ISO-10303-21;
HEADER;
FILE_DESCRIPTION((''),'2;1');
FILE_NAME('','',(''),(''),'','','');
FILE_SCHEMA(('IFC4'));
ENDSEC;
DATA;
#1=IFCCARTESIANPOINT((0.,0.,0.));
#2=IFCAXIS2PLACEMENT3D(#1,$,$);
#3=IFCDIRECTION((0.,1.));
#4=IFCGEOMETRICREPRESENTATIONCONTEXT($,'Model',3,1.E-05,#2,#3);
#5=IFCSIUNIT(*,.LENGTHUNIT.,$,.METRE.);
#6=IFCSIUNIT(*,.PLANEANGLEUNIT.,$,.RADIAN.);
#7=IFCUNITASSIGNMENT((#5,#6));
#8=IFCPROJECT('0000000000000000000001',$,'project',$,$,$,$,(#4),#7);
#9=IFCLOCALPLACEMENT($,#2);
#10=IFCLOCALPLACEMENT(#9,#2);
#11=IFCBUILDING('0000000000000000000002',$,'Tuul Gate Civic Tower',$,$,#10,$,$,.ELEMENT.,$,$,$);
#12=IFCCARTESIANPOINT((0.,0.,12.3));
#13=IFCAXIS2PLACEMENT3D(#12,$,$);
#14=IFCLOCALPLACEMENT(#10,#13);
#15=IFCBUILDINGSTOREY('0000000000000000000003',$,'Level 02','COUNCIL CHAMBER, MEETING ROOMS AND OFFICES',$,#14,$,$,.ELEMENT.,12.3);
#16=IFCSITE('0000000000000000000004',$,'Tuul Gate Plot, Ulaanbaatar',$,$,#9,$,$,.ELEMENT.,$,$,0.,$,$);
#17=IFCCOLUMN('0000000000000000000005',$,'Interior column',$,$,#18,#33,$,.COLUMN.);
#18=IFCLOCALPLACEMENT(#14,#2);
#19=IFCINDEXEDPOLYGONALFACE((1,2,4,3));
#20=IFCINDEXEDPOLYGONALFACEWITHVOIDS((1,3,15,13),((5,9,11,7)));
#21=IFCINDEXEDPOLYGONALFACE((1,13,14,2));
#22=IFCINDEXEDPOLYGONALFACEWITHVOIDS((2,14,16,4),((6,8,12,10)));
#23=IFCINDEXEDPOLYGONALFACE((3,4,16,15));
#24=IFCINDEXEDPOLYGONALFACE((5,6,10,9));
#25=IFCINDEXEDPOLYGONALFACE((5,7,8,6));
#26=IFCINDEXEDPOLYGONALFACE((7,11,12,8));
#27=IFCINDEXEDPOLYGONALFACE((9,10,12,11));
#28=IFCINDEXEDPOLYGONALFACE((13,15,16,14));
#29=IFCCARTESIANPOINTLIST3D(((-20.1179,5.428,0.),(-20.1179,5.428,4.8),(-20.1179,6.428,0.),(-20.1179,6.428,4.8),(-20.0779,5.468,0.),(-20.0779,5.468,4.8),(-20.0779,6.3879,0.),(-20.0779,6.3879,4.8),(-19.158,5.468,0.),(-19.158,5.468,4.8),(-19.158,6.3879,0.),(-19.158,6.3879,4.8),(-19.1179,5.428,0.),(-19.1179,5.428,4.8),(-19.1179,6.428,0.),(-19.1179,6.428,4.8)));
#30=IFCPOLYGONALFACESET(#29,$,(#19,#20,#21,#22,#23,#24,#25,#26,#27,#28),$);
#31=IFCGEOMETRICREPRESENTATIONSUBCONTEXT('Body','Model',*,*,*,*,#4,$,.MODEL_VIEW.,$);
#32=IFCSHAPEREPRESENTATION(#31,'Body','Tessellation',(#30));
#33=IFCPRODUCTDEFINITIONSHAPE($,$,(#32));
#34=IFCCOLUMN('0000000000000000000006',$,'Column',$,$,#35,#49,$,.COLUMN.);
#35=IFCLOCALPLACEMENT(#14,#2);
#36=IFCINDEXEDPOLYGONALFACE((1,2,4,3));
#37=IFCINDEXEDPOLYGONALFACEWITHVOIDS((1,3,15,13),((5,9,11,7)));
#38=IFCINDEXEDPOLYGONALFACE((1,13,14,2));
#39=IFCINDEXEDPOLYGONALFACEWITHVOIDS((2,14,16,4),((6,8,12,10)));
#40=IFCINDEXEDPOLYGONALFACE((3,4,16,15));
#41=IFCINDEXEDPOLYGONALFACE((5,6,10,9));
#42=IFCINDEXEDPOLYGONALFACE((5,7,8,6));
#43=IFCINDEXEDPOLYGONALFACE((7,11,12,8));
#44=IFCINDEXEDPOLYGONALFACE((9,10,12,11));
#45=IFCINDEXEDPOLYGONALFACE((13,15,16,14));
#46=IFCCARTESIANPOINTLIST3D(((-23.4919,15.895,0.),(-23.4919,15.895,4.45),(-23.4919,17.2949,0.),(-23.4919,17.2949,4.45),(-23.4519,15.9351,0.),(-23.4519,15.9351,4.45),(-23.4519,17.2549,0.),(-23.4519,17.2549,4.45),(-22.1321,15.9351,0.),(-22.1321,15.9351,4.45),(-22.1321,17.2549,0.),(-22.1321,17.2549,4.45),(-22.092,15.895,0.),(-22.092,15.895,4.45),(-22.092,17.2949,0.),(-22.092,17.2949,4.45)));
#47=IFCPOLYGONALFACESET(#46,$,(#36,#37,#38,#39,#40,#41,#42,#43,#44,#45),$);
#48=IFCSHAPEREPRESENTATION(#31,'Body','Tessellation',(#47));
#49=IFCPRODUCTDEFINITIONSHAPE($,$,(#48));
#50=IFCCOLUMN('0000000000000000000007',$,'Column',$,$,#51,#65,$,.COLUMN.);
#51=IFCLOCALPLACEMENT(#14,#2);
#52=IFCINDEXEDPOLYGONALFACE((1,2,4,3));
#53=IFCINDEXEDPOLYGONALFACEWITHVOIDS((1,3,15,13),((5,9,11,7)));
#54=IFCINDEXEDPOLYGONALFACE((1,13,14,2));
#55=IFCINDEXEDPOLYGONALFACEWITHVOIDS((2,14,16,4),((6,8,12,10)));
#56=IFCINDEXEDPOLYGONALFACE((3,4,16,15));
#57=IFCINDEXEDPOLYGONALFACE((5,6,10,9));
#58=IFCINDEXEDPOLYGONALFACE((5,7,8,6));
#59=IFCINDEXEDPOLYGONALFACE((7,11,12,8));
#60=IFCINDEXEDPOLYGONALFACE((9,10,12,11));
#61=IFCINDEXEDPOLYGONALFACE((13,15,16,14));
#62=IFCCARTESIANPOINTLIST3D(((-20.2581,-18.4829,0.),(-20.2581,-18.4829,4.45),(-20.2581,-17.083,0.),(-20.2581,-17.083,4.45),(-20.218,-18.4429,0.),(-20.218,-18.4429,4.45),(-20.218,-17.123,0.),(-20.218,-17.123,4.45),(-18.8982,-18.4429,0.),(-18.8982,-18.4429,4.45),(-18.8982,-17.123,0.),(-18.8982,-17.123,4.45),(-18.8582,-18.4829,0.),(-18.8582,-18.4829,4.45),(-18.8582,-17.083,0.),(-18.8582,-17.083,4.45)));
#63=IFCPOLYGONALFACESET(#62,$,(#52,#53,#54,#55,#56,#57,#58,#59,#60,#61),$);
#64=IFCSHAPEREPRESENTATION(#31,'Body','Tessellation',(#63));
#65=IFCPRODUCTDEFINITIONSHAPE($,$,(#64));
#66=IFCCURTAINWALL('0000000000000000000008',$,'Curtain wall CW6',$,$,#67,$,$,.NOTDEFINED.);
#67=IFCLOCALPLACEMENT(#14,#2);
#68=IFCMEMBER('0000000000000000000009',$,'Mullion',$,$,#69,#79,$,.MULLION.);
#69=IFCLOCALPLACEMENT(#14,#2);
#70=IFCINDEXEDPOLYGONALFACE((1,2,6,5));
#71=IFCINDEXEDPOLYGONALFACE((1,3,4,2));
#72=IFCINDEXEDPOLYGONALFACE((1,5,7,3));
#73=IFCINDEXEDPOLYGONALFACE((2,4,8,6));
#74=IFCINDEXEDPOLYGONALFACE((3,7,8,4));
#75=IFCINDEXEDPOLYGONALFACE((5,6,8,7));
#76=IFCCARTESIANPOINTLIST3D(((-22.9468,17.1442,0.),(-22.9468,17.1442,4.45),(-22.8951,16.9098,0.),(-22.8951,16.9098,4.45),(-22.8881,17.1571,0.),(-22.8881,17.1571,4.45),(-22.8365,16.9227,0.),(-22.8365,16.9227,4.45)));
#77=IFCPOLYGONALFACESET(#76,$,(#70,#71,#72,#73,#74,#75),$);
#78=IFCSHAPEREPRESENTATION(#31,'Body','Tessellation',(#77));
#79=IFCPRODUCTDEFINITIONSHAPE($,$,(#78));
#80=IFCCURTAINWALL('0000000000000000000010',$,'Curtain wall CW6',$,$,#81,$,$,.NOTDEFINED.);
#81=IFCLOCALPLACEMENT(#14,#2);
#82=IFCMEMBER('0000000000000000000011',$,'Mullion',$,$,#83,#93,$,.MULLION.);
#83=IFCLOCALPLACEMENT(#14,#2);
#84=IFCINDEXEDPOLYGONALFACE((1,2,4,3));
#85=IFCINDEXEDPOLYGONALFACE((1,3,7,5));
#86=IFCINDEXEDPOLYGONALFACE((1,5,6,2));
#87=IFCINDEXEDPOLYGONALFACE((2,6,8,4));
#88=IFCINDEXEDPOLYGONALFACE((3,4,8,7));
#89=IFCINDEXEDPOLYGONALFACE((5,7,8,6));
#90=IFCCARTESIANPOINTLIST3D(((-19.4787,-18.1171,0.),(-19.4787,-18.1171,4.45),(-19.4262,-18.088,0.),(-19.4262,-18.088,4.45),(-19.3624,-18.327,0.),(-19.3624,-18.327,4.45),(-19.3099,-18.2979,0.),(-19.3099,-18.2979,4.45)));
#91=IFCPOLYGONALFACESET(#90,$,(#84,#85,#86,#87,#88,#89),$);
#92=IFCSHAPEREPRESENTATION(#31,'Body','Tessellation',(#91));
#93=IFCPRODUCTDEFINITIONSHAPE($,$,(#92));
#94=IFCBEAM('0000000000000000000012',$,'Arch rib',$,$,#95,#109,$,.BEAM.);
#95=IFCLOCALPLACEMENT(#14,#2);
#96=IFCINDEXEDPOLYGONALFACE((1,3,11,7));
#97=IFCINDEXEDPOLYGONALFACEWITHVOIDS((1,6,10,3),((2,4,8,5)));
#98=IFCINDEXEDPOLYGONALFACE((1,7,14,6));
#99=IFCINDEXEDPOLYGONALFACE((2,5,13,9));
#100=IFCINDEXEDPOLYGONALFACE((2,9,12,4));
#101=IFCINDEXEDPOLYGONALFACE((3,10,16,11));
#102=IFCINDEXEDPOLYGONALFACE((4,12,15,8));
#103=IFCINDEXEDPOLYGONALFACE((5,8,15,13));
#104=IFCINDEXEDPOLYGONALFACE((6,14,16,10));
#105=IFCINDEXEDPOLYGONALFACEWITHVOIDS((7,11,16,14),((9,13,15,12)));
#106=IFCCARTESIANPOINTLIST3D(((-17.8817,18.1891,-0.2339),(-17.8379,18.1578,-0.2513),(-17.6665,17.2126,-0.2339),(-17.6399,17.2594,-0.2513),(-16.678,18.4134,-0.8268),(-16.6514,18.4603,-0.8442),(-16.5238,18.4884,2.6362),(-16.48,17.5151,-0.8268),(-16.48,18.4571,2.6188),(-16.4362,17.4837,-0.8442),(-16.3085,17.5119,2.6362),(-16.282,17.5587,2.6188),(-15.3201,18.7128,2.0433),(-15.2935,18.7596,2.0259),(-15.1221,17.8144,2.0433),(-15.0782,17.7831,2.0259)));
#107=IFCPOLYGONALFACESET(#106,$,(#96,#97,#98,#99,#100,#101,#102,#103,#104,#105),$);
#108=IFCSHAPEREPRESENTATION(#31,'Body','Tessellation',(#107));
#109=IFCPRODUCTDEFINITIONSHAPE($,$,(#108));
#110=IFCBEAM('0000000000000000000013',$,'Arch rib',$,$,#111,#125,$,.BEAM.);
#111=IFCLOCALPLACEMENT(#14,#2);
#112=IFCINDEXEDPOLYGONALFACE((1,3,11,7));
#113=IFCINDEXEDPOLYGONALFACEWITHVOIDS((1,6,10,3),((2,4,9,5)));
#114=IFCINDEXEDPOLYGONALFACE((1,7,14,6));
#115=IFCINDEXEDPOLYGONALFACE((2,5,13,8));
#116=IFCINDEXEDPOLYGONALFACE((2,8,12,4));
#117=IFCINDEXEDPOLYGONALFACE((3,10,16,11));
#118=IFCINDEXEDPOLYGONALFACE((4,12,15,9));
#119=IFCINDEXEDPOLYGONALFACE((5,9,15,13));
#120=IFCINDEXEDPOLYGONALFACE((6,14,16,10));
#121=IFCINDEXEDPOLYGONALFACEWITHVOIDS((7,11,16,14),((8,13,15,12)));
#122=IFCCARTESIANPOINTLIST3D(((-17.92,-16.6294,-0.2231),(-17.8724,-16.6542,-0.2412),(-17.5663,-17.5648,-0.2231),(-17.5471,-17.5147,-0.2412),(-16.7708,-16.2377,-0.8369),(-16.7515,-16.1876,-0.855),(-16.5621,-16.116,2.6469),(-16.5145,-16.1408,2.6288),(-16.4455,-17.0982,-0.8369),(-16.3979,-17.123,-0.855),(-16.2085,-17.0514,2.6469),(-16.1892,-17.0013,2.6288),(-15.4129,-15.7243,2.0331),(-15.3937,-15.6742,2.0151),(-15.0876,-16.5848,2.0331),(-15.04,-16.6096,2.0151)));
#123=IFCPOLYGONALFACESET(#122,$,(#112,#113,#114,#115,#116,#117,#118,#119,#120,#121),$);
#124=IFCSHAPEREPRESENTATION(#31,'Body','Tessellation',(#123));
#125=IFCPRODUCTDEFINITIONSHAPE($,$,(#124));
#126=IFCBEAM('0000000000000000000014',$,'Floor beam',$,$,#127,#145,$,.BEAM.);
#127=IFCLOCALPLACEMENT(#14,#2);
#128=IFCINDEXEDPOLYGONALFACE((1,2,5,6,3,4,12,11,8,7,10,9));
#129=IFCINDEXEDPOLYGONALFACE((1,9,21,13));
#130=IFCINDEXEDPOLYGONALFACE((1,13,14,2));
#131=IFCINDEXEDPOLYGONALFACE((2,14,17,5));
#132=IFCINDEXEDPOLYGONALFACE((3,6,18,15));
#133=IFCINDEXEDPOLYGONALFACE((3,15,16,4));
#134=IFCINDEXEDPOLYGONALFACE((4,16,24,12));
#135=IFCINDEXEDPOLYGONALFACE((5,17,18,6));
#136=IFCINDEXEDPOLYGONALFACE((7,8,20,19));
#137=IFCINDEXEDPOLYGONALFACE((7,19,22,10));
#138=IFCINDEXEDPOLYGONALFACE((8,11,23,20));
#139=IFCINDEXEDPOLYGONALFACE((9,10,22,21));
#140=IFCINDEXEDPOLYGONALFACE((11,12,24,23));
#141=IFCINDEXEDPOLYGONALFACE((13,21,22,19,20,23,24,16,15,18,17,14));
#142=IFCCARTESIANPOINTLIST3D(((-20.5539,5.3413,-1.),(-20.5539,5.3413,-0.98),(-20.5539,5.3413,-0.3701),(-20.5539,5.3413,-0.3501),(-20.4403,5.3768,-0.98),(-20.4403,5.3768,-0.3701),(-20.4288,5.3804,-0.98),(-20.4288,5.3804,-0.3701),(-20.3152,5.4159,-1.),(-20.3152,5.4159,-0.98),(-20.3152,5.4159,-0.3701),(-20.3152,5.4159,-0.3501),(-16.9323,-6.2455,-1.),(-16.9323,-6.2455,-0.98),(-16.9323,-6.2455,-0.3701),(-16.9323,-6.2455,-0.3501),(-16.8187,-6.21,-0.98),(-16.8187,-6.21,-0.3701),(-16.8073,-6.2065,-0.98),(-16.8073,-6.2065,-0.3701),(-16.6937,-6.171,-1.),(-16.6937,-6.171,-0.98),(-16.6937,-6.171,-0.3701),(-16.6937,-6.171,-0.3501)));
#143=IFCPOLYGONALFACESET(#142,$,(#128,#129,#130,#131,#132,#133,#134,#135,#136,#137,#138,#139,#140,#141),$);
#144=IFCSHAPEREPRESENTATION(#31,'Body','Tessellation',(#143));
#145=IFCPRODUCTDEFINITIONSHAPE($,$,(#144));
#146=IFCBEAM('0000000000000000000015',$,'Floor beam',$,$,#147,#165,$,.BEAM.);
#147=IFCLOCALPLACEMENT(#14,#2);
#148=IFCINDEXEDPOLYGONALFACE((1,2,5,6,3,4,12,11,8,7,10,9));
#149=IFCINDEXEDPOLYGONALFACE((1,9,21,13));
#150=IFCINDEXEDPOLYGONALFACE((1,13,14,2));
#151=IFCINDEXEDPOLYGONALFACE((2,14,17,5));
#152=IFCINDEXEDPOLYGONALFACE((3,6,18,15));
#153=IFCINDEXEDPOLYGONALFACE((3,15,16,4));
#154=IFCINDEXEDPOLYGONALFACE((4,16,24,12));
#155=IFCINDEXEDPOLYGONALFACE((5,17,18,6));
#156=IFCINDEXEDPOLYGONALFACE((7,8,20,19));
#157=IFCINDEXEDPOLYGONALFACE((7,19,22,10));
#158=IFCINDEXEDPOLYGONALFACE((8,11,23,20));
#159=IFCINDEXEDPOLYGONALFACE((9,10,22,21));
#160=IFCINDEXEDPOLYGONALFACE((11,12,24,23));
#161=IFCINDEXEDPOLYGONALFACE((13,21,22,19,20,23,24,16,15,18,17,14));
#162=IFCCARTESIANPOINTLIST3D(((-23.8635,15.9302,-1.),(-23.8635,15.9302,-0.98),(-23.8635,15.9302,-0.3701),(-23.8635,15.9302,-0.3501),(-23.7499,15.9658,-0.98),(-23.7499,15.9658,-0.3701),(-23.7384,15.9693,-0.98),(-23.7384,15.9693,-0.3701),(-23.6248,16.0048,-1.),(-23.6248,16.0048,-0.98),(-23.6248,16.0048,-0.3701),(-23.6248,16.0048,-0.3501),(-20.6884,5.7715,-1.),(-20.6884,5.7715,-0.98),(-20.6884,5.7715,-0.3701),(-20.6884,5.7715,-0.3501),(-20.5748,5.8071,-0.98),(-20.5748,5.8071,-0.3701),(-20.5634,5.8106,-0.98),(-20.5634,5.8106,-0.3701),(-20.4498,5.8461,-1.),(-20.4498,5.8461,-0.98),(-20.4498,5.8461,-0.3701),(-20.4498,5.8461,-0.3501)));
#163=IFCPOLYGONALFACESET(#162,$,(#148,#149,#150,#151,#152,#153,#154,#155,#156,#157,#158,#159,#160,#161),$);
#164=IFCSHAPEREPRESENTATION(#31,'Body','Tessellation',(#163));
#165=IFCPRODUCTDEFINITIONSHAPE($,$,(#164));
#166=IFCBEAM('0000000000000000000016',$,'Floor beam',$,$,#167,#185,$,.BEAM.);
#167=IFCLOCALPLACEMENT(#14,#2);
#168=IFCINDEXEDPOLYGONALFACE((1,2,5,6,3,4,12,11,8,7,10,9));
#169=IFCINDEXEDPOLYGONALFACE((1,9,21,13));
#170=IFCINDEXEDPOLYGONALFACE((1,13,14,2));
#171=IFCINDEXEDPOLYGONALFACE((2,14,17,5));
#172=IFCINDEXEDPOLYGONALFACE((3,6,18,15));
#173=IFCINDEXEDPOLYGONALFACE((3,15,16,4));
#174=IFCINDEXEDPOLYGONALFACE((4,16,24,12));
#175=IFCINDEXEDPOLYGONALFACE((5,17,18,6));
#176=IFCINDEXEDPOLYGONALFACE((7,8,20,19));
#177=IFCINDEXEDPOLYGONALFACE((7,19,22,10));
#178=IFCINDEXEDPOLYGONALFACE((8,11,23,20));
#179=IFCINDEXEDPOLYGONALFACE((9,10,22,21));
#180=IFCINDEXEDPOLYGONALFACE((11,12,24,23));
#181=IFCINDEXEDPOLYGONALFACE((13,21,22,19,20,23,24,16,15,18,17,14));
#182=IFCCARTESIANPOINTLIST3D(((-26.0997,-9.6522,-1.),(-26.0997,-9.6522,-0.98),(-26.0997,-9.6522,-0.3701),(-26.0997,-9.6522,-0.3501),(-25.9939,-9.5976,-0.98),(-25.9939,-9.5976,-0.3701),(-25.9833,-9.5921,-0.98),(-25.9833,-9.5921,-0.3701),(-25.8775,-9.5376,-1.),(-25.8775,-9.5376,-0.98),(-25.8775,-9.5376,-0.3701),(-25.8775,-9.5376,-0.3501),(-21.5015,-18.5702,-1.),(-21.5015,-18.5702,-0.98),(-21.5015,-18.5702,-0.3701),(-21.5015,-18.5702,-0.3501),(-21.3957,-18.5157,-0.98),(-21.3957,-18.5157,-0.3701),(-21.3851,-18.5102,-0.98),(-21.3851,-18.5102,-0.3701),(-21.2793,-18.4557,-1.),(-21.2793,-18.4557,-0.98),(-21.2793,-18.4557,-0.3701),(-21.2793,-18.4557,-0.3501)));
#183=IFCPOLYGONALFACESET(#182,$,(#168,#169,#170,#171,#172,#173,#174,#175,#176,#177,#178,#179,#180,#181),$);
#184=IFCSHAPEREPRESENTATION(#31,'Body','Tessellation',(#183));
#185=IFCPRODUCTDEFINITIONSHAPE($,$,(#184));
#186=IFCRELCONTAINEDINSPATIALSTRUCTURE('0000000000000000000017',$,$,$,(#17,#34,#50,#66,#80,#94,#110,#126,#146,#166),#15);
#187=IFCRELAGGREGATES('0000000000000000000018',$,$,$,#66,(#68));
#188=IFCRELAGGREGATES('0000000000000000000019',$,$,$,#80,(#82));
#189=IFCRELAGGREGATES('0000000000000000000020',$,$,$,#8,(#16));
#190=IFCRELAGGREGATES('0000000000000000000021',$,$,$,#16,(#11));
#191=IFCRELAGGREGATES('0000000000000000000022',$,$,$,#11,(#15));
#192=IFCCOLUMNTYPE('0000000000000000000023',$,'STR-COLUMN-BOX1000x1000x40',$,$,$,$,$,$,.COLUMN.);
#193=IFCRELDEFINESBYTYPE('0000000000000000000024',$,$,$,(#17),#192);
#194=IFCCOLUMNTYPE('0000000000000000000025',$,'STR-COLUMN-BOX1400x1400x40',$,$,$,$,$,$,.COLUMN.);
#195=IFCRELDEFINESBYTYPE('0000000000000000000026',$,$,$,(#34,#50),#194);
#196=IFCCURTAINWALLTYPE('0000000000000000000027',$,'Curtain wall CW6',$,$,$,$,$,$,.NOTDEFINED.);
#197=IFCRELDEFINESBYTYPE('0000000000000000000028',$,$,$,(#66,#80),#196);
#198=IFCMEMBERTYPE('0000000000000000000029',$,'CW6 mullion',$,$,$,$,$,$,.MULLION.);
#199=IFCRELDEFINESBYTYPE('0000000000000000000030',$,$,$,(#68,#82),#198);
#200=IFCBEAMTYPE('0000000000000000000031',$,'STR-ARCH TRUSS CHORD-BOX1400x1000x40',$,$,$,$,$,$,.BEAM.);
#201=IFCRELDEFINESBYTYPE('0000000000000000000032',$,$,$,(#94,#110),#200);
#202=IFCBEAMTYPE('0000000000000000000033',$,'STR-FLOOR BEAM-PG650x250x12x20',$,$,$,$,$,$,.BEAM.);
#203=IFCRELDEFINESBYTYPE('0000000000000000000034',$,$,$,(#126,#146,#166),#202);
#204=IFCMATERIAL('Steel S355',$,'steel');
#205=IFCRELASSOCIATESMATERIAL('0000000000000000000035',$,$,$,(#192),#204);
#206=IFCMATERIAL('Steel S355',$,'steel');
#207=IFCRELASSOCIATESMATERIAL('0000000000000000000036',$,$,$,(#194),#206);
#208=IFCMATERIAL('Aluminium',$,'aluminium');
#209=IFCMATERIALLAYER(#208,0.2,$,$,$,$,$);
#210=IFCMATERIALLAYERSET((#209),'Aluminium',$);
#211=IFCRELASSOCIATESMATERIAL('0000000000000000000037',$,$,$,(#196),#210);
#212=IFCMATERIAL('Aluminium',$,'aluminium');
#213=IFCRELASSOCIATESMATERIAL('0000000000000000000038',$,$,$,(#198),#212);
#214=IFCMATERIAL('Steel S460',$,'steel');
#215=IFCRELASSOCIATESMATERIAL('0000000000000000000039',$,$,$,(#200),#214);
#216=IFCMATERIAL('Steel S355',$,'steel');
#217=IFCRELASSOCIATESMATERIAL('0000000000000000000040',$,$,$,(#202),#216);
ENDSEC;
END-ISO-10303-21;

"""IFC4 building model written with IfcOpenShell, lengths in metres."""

from ifc_helpers import new_model, si_unit, direction, frame, origin, origin_2d, place, context, subcontext, project, spatial, rectangle, hollow_rectangle, i_section, extrude, material, layer, layer_set, material_profile, profile_set, type_object, element, aggregate, save


model = new_model("IFC4")

# Units and contexts
model_context = context("Model", 3, precision=1e-05, world=origin(), true_north=direction((0.0, 1.0)))
body_context = subcontext(model_context, "Body", "Model", "MODEL_VIEW")
ifc_project = project(units=[si_unit("LENGTHUNIT", "METRE"), si_unit("PLANEANGLEUNIT", "RADIAN")], contexts=[model_context])

# Site, building, storey
site_placement = place(None, origin())
site = spatial("IfcSite", under=ifc_project, at=site_placement, Name="Tuul Gate Plot, Ulaanbaatar", CompositionType="ELEMENT", RefElevation=0.0)
building_placement = place(site_placement, origin())
building = spatial("IfcBuilding", under=site, at=building_placement, Name="Tuul Gate Civic Tower", CompositionType="ELEMENT")
storey_placement = place(building_placement, frame((0.0, 0.0, 12.3)))
storey = spatial("IfcBuildingStorey", under=building, at=storey_placement, Name="Level 02", Description="COUNCIL CHAMBER, MEETING ROOMS AND OFFICES", CompositionType="ELEMENT", Elevation=12.3)

# Columns
ifc_material_1 = material(Name="Steel S355", Category="steel")
ifc_material_profile_1 = material_profile(ifc_material_1, hollow_rectangle(XDim=1.0, YDim=1.0, WallThickness=0.04, at=origin_2d()), Name="BOX1000x1000x40")
ifc_profile_set_1 = profile_set([ifc_material_profile_1], Name="Steel S355")
column_type_1 = type_object("IfcColumnType", Name="STR-COLUMN-BOX1000x1000x40", PredefinedType="COLUMN", material=ifc_profile_set_1)
column_placement = place(storey_placement, frame((-19.6179, 5.928, 0.0), z_axis=(0.0, 0.0, 1.0), x_axis=(1.0, 0.0, 0.0)))
element("IfcColumn", 1, at=column_placement, inside=storey, type_object=column_type_1, Name="Interior column", PredefinedType="COLUMN", context=body_context, shape_type="SweptSolid", body=[
    extrude(hollow_rectangle(XDim=1.0, YDim=1.0, WallThickness=0.04, at=origin_2d()), origin(), (0.0, 0.0, 1.0), 4.8),
])
ifc_material_2 = material(Name="Steel S355", Category="steel")
ifc_material_profile_2 = material_profile(ifc_material_2, hollow_rectangle(XDim=1.3999, YDim=1.3999, WallThickness=0.04, at=origin_2d()), Name="BOX1400x1400x40")
ifc_profile_set_2 = profile_set([ifc_material_profile_2], Name="Steel S355")
column_type_2 = type_object("IfcColumnType", Name="STR-COLUMN-BOX1400x1400x40", PredefinedType="COLUMN", material=ifc_profile_set_2)
for number, where, z_axis, x_axis, name in (
    (2, (-22.792, 16.595, 0.0), (0.0, 0.0, 1.0), (1.0, 0.0, 0.0), "Column"),
    (3, (-19.5581, -17.783, 0.0), (0.0, 0.0, 1.0), (1.0, 0.0, 0.0), "Column"),
):
    element("IfcColumn", number, at=place(storey_placement, frame(where, z_axis=z_axis, x_axis=x_axis)), inside=storey, type_object=column_type_2, Name=name, PredefinedType="COLUMN", context=body_context, shape_type="SweptSolid", body=[
        extrude(hollow_rectangle(XDim=1.3999, YDim=1.3999, WallThickness=0.04, at=origin_2d()), origin(), (0.0, 0.0, 1.0), 4.45),
    ])

# Curtain walls, members
ifc_material_3 = material(Name="Aluminium", Category="aluminium")
ifc_layer_1 = layer(ifc_material_3, 0.2)
ifc_layer_set_1 = layer_set([ifc_layer_1], Name="Aluminium")
curtain_wall_type = type_object("IfcCurtainWallType", Name="Curtain wall CW6", PredefinedType="NOTDEFINED", material=ifc_layer_set_1)
curtain_wall_1_placement = place(storey_placement, origin())
curtain_wall_1 = element("IfcCurtainWall", 4, at=curtain_wall_1_placement, inside=storey, type_object=curtain_wall_type, Name="Curtain wall CW6", PredefinedType="NOTDEFINED")
ifc_material_4 = material(Name="Aluminium", Category="aluminium")
ifc_material_profile_3 = material_profile(ifc_material_4, rectangle(XDim=0.24, YDim=0.0601, at=origin_2d()), Name="CW6 mullion")
ifc_profile_set_3 = profile_set([ifc_material_profile_3], Name="Aluminium")
member_type = type_object("IfcMemberType", Name="CW6 mullion", PredefinedType="MULLION", material=ifc_profile_set_3)
member_1_placement = place(storey_placement, frame((-22.8916, 17.0334, 0.0), z_axis=(0.0, 0.0, 1.0), x_axis=(0.215207, -0.976569, 0.0)))
member_1 = element("IfcMember", 5, at=member_1_placement, type_object=member_type, Name="Mullion", PredefinedType="MULLION", context=body_context, shape_type="SweptSolid", body=[
    extrude(rectangle(XDim=0.24, YDim=0.0601, at=origin_2d()), origin(), (0.0, 0.0, 1.0), 4.45),
])
curtain_wall_2_placement = place(storey_placement, origin())
curtain_wall_2 = element("IfcCurtainWall", 6, at=curtain_wall_2_placement, inside=storey, type_object=curtain_wall_type, Name="Curtain wall CW6", PredefinedType="NOTDEFINED")
member_2_placement = place(storey_placement, frame((-19.3943, -18.2075, 0.0), z_axis=(0.0, 0.0, 1.0), x_axis=(-0.484724, 0.874667, 0.0)))
member_2 = element("IfcMember", 7, at=member_2_placement, type_object=member_type, Name="Mullion", PredefinedType="MULLION", context=body_context, shape_type="SweptSolid", body=[
    extrude(rectangle(XDim=0.24, YDim=0.0601, at=origin_2d()), origin(), (0.0, 0.0, 1.0), 4.45),
])

# Beams
ifc_material_5 = material(Name="Steel S460", Category="steel")
ifc_material_profile_4 = material_profile(ifc_material_5, hollow_rectangle(XDim=1.0, YDim=1.3999, WallThickness=0.04, at=origin_2d()), Name="BOX1400x1000x40")
ifc_profile_set_4 = profile_set([ifc_material_profile_4], Name="Steel S460")
beam_type_1 = type_object("IfcBeamType", Name="STR-ARCH TRUSS CHORD-BOX1400x1000x40", PredefinedType="BEAM", material=ifc_profile_set_4)
beam_1_placement = place(storey_placement, frame((-17.1589, 17.8364, -0.5391), z_axis=(0.425782, 0.093853, 0.899945), x_axis=(-0.215257, 0.976557, 0.0)))
element("IfcBeam", 8, at=beam_1_placement, inside=storey, type_object=beam_type_1, Name="Arch rib", PredefinedType="BEAM", context=body_context, shape_type="SweptSolid", body=[
    extrude(hollow_rectangle(XDim=1.0, YDim=1.3999, WallThickness=0.04, at=origin_2d()), origin(), (0.0, 0.0, 1.0), 3.1892),
])
beam_2_placement = place(storey_placement, frame((-17.1589, -16.8762, -0.5391), z_axis=(0.422186, 0.159629, 0.892344), x_axis=(-0.353665, 0.935372, 0.0)))
element("IfcBeam", 9, at=beam_2_placement, inside=storey, type_object=beam_type_1, Name="Arch rib", PredefinedType="BEAM", context=body_context, shape_type="SweptSolid", body=[
    extrude(hollow_rectangle(XDim=1.0, YDim=1.3999, WallThickness=0.04, at=origin_2d()), origin(), (0.0, 0.0, 1.0), 3.2163),
])
ifc_material_6 = material(Name="Steel S355", Category="steel")
ifc_material_profile_5 = material_profile(ifc_material_6, i_section(OverallWidth=0.25, OverallDepth=0.6499, WebThickness=0.012, FlangeThickness=0.02, at=origin_2d()), Name="PG650x250x12x20")
ifc_profile_set_5 = profile_set([ifc_material_profile_5], Name="Steel S355")
beam_type_2 = type_object("IfcBeamType", Name="STR-FLOOR BEAM-PG650x250x12x20", PredefinedType="BEAM", material=ifc_profile_set_5)
beam_3_placement = place(storey_placement, frame((-16.813, -6.2083, -0.675), z_axis=(-0.298325, 0.954464, 0.0), x_axis=(-0.954464, -0.298325, 0.0)))
element("IfcBeam", 10, at=beam_3_placement, inside=storey, type_object=beam_type_2, Name="Floor beam", PredefinedType="BEAM", context=body_context, shape_type="SweptSolid", body=[
    extrude(i_section(OverallWidth=0.25, OverallDepth=0.6499, WebThickness=0.012, FlangeThickness=0.02, at=origin_2d()), origin(), (0.0, 0.0, 1.0), 12.1396),
])
beam_4_placement = place(storey_placement, frame((-20.5691, 5.8088, -0.675), z_axis=(-0.298314, 0.954468, 0.0), x_axis=(-0.954468, -0.298314, 0.0)))
element("IfcBeam", 11, at=beam_4_placement, inside=storey, type_object=beam_type_2, Name="Floor beam", PredefinedType="BEAM", context=body_context, shape_type="SweptSolid", body=[
    extrude(i_section(OverallWidth=0.25, OverallDepth=0.6499, WebThickness=0.012, FlangeThickness=0.02, at=origin_2d()), origin(), (0.0, 0.0, 1.0), 10.6433),
])
beam_5_placement = place(storey_placement, frame((-21.3904, -18.5129, -0.675), z_axis=(-0.458275, 0.888811, 0.0), x_axis=(-0.888811, -0.458275, 0.0)))
element("IfcBeam", 12, at=beam_5_placement, inside=storey, type_object=beam_type_2, Name="Floor beam", PredefinedType="BEAM", context=body_context, shape_type="SweptSolid", body=[
    extrude(i_section(OverallWidth=0.25, OverallDepth=0.6499, WebThickness=0.012, FlangeThickness=0.02, at=origin_2d()), origin(), (0.0, 0.0, 1.0), 10.0337),
])

aggregate(curtain_wall_1, [member_1])
aggregate(curtain_wall_2, [member_2])

save(model, "model.ifc")
